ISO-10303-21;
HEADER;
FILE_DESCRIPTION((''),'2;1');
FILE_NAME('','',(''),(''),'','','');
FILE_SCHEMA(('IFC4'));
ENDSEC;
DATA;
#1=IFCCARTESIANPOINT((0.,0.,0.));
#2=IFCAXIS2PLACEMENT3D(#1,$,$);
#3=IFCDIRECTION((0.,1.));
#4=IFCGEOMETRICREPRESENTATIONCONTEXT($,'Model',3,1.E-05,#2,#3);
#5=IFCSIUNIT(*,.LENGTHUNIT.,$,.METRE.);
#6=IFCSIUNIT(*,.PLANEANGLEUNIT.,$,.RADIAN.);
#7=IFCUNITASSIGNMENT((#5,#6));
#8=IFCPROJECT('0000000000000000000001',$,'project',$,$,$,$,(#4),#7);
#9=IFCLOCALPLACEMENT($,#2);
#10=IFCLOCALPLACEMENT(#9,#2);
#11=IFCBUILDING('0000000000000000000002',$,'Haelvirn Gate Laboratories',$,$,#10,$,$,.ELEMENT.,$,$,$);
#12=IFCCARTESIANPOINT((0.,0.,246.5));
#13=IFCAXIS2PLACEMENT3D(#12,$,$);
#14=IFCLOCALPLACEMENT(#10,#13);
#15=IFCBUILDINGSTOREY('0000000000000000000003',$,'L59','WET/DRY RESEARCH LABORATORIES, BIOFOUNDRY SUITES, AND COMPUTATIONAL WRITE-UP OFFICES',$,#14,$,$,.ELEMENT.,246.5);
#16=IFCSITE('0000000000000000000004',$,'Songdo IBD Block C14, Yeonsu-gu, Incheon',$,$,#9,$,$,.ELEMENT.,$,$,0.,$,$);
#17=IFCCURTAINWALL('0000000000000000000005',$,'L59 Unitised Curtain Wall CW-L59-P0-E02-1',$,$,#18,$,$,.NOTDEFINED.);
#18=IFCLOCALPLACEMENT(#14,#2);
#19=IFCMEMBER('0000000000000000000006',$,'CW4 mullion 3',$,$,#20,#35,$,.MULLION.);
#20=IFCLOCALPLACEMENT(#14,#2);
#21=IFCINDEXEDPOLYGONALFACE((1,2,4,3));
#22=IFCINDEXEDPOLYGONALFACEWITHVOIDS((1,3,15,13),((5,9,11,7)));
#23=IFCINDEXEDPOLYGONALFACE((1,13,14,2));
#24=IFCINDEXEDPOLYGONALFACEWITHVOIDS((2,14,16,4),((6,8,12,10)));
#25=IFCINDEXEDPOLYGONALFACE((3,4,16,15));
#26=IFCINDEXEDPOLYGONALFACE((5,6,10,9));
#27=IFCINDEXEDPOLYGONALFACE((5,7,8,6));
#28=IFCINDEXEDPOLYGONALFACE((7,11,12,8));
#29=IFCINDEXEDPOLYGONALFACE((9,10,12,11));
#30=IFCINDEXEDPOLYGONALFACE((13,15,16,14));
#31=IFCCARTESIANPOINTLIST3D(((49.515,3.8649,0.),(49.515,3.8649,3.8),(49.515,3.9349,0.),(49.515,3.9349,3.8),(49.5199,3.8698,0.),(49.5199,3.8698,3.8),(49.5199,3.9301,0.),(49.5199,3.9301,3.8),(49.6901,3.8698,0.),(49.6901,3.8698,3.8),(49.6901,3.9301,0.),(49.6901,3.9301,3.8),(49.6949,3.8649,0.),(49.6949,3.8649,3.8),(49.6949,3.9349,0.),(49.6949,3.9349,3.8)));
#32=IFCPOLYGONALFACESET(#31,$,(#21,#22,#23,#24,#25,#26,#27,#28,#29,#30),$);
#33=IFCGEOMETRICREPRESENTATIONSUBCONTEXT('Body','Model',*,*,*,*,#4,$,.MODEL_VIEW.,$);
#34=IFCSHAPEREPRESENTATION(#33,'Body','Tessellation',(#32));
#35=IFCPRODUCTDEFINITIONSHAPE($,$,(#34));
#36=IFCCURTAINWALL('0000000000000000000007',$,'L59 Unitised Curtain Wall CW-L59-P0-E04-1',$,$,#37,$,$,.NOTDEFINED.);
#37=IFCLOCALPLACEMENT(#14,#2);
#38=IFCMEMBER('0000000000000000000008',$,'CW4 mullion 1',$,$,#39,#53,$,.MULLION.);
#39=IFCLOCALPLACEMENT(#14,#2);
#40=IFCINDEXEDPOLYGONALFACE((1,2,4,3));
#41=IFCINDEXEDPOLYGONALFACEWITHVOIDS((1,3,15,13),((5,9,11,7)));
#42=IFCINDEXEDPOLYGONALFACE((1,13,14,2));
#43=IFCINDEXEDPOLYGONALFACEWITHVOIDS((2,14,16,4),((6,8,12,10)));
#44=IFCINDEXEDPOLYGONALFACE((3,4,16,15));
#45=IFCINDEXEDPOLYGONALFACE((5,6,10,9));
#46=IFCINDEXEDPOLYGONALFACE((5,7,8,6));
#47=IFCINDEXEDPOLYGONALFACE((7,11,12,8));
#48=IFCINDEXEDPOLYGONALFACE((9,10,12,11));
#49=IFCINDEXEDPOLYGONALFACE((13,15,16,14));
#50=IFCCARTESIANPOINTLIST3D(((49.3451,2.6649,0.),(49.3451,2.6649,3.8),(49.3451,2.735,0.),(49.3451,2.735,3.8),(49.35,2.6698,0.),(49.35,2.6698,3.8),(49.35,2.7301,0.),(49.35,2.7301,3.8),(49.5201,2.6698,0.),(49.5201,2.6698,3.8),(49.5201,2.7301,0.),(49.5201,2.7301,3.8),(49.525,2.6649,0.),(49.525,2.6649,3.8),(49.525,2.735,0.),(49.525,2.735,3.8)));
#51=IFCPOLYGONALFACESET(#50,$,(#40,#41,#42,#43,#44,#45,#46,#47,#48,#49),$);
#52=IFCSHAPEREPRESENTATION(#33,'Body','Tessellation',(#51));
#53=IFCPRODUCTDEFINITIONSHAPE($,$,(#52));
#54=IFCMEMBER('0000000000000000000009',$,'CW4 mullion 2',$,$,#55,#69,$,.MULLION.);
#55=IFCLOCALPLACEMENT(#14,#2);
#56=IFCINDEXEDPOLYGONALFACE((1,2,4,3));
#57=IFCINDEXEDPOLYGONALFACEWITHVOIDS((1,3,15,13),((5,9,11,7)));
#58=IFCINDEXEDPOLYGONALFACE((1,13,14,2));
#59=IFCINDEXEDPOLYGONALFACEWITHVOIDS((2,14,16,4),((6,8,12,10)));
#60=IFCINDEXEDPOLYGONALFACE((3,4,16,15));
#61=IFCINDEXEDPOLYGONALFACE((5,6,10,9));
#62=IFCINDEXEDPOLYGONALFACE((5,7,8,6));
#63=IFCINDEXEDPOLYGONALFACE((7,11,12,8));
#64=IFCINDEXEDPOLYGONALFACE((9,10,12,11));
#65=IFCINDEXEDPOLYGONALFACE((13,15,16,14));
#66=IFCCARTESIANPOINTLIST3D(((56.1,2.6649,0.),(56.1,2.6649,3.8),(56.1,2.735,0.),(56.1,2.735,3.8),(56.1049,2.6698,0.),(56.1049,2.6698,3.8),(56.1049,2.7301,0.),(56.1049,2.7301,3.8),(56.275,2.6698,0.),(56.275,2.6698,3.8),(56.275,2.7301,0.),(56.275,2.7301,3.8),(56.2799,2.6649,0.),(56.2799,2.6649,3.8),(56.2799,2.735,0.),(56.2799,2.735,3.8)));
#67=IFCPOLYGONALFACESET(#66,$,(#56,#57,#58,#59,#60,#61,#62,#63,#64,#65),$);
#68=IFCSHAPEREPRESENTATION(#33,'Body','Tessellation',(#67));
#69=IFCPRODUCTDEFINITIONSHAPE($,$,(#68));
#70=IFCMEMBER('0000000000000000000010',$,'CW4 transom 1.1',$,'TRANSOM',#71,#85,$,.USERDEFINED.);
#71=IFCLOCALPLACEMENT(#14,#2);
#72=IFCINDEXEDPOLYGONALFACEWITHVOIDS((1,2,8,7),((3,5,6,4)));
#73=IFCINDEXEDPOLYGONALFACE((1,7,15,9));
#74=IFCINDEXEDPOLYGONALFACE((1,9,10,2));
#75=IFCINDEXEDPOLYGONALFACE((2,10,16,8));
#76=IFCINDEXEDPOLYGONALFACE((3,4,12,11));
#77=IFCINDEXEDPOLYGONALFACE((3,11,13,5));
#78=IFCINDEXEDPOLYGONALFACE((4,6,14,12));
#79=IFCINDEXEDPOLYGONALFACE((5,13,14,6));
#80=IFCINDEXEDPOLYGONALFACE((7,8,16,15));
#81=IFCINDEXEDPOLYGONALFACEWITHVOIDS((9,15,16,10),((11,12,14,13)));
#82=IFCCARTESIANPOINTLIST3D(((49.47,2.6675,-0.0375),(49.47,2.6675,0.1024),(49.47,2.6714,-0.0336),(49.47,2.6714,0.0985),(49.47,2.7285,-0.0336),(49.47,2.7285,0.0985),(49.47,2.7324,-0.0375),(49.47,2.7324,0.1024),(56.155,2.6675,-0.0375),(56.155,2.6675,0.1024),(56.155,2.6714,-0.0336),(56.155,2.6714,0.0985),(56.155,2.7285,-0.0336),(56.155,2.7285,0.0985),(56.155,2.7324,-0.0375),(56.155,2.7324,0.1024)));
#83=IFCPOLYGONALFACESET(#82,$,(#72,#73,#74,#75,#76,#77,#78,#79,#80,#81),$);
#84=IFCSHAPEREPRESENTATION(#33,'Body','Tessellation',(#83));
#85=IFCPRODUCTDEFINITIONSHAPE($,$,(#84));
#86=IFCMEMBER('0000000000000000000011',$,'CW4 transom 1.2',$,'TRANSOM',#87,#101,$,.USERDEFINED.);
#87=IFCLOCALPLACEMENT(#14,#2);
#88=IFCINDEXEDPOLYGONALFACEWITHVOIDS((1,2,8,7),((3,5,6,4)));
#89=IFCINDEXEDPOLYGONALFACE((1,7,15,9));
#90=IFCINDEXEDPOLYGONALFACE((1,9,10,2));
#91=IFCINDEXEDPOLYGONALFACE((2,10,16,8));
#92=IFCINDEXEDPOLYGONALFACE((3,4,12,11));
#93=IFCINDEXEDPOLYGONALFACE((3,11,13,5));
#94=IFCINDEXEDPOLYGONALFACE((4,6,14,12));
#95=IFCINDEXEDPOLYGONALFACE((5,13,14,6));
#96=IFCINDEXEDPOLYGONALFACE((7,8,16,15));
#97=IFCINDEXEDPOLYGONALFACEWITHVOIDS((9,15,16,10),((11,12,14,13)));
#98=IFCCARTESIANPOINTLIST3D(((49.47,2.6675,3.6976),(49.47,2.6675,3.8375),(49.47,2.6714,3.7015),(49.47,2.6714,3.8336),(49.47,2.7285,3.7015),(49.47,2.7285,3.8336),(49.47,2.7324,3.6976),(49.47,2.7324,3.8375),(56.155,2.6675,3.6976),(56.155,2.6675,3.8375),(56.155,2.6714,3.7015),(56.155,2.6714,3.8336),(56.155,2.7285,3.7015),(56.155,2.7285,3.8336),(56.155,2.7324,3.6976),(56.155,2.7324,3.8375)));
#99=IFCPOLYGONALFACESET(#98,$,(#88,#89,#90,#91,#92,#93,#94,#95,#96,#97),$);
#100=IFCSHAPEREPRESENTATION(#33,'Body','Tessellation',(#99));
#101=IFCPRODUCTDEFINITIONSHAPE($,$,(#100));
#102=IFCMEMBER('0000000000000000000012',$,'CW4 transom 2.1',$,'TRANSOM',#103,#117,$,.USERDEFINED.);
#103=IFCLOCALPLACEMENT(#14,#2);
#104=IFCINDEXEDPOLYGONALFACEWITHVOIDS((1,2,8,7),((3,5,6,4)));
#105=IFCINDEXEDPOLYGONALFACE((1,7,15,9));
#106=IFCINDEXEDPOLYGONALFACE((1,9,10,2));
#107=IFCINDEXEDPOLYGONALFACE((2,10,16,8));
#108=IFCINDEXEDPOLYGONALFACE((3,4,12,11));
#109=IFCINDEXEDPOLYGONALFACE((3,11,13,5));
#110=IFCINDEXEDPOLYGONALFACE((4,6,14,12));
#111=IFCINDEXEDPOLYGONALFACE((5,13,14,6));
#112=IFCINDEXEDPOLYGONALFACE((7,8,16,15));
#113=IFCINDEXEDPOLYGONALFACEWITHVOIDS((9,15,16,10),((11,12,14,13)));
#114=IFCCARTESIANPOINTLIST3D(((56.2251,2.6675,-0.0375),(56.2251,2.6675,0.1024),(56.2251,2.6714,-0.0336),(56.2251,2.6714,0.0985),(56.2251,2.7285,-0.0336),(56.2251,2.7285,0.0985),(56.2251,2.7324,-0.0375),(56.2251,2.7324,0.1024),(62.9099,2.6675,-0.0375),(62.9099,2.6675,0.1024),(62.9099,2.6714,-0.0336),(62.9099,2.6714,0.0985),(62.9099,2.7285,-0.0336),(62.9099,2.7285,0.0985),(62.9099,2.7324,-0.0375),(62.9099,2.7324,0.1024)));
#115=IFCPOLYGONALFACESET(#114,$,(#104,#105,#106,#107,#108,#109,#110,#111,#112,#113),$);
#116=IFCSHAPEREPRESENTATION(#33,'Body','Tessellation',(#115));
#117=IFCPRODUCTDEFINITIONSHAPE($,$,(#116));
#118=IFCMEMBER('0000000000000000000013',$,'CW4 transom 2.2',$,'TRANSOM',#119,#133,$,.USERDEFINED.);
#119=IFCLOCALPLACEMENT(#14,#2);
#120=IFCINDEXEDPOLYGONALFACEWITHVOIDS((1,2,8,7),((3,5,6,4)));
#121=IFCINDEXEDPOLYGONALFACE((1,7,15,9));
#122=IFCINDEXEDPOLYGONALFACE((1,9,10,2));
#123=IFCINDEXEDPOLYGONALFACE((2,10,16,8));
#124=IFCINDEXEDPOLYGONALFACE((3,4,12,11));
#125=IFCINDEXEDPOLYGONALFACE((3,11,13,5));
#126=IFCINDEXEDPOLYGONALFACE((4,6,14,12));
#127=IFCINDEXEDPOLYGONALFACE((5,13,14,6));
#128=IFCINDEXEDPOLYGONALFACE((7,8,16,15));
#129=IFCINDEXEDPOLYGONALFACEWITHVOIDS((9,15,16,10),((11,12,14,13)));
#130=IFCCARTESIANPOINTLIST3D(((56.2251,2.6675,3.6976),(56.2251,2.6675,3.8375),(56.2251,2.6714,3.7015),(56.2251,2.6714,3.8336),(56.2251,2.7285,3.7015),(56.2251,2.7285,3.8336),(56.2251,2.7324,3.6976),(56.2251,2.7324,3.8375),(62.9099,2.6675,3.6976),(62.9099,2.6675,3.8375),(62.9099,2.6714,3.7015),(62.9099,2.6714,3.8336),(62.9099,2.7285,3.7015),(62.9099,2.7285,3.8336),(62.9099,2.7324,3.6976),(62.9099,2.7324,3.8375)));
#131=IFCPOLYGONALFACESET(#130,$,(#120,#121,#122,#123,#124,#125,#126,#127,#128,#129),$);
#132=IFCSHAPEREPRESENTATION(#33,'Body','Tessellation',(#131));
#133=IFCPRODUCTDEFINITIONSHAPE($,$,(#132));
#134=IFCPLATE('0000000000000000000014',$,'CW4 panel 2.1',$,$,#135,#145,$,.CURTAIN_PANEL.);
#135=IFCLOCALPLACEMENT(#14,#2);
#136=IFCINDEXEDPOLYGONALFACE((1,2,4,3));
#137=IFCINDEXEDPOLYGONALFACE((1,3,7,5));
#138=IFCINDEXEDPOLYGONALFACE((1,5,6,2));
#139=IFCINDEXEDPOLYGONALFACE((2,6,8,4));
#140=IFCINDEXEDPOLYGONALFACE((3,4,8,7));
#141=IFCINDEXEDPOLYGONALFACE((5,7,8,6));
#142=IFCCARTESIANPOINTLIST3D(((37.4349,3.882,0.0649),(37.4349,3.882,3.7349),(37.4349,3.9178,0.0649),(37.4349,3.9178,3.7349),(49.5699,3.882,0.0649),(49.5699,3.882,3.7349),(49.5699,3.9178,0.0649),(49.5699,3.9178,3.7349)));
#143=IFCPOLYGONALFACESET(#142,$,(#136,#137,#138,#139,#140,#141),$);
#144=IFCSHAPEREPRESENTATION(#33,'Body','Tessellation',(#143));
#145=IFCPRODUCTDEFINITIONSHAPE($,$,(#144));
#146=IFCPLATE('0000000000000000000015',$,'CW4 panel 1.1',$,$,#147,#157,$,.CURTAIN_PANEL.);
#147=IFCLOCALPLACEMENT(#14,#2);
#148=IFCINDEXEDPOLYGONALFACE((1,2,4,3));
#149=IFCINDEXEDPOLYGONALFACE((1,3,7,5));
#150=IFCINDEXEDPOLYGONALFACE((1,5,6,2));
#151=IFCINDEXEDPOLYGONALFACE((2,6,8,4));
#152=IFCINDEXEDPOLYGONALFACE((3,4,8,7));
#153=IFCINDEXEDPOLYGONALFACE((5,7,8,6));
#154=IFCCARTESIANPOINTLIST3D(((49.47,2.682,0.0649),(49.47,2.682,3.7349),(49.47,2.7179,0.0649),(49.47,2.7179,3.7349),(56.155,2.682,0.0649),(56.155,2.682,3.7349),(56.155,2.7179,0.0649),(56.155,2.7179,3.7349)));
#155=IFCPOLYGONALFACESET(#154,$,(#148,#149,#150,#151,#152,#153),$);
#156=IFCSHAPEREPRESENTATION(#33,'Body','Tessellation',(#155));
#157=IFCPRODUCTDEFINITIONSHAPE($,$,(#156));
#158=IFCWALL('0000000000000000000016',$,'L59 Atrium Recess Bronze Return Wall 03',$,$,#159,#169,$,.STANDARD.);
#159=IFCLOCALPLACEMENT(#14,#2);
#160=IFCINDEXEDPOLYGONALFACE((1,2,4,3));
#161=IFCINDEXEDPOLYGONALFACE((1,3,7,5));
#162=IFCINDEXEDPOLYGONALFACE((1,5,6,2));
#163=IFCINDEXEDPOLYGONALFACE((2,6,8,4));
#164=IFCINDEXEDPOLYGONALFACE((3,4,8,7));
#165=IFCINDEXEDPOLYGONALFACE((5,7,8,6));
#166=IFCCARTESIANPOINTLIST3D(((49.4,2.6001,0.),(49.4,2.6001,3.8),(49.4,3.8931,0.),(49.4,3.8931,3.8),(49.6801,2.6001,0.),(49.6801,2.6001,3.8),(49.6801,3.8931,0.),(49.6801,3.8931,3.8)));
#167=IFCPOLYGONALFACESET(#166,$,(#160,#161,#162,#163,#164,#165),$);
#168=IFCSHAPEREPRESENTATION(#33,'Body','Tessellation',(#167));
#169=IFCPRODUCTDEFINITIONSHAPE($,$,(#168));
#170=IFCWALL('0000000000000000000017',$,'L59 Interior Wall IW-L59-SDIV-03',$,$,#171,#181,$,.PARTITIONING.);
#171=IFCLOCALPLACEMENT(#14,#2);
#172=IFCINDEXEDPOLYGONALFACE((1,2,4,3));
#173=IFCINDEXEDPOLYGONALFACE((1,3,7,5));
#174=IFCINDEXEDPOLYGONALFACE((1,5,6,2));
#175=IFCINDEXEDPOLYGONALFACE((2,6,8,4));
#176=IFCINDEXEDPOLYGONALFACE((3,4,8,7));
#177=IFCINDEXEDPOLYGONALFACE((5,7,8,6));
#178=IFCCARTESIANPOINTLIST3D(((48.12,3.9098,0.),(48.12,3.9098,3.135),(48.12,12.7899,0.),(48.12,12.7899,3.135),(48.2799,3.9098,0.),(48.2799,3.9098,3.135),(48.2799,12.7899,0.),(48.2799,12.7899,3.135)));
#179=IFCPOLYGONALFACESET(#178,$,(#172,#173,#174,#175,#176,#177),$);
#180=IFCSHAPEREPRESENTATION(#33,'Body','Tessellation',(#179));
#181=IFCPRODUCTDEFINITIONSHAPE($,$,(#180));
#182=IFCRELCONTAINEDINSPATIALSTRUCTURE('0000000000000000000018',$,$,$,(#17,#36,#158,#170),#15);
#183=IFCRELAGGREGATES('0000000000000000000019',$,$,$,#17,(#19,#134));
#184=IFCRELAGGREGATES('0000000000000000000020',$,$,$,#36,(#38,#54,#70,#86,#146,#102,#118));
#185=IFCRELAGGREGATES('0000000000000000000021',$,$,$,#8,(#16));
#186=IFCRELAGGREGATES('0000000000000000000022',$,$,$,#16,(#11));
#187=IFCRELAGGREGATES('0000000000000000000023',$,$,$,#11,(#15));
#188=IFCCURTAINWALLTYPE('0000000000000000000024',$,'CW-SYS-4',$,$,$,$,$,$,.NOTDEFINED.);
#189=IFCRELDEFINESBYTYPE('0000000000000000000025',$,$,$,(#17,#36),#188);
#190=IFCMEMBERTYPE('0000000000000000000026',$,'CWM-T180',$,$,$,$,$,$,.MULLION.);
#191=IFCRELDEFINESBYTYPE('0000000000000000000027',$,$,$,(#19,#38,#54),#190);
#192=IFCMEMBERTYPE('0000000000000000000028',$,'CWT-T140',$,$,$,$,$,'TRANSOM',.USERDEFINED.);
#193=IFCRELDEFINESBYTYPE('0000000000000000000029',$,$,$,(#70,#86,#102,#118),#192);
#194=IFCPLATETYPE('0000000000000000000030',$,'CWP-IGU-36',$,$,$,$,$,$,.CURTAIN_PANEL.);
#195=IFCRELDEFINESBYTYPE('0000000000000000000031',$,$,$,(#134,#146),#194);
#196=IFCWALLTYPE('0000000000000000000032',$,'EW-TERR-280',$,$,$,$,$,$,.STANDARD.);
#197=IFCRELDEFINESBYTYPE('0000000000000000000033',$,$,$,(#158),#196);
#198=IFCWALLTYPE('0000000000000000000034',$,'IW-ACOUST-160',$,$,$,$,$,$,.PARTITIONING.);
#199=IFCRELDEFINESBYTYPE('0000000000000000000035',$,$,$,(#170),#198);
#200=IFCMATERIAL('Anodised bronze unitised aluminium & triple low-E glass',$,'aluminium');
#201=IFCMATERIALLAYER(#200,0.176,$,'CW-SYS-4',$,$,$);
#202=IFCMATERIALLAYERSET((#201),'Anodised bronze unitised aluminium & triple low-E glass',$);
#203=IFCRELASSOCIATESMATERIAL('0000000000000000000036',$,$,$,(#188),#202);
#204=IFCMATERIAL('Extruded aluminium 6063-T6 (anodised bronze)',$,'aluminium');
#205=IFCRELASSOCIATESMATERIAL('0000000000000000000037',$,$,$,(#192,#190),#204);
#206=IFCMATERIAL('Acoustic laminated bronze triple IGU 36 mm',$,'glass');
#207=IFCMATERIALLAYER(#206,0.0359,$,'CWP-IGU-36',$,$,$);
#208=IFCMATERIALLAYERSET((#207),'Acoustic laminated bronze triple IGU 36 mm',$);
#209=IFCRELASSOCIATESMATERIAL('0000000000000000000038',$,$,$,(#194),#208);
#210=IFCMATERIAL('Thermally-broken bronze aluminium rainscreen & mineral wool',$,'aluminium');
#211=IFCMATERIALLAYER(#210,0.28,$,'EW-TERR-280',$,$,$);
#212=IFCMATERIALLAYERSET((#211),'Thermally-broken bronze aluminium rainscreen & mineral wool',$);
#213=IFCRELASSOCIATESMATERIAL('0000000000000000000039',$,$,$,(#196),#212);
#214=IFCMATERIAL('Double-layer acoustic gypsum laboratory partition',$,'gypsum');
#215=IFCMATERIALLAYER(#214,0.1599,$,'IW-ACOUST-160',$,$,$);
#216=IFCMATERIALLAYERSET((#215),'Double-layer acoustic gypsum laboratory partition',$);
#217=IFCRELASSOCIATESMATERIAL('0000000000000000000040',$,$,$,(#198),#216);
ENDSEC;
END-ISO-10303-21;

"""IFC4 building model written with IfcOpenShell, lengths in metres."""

from ifc_helpers import new_model, si_unit, direction, frame, frame_2d, origin, origin_2d, place, context, subcontext, project, spatial, rectangle, hollow_rectangle, extrude, source, transform, mapped, material, layer, layer_set, material_profile, profile_set, type_object, type_shapes, element, aggregate, save


model = new_model("IFC4")

# Units and contexts
model_context = context("Model", 3, precision=1e-05, world=origin(), true_north=direction((0.0, 1.0)))
body_context = subcontext(model_context, "Body", "Model", "MODEL_VIEW")
ifc_project = project(units=[si_unit("LENGTHUNIT", "METRE"), si_unit("PLANEANGLEUNIT", "RADIAN")], contexts=[model_context])

# Site, building, storey
site_placement = place(None, origin())
site = spatial("IfcSite", under=ifc_project, at=site_placement, Name="Songdo IBD Block C14, Yeonsu-gu, Incheon", CompositionType="ELEMENT", RefElevation=0.0)
building_placement = place(site_placement, origin())
building = spatial("IfcBuilding", under=site, at=building_placement, Name="Haelvirn Gate Laboratories", CompositionType="ELEMENT")
storey_placement = place(building_placement, frame((0.0, 0.0, 246.5)))
storey = spatial("IfcBuildingStorey", under=building, at=storey_placement, Name="L59", Description="WET/DRY RESEARCH LABORATORIES, BIOFOUNDRY SUITES, AND COMPUTATIONAL WRITE-UP OFFICES", CompositionType="ELEMENT", Elevation=246.5)

# Curtain walls, members
ifc_material_1 = material(Name="Anodised bronze unitised aluminium & triple low-E glass", Category="aluminium")
ifc_layer_1 = layer(ifc_material_1, 0.176, Name="CW-SYS-4")
ifc_layer_set_1 = layer_set([ifc_layer_1], Name="Anodised bronze unitised aluminium & triple low-E glass")
curtain_wall_type = type_object("IfcCurtainWallType", Name="CW-SYS-4", PredefinedType="NOTDEFINED", material=ifc_layer_set_1)
curtain_wall_1_placement = place(storey_placement, origin())
curtain_wall_1 = element("IfcCurtainWall", 1, at=curtain_wall_1_placement, inside=storey, type_object=curtain_wall_type, Name="L59 Unitised Curtain Wall CW-L59-P0-E02-1", PredefinedType="NOTDEFINED")
ifc_material_2 = material(Name="Extruded aluminium 6063-T6 (anodised bronze)", Category="aluminium")
ifc_material_profile_1 = material_profile(ifc_material_2, hollow_rectangle(XDim=0.0649, YDim=0.1399, WallThickness=0.0039, at=origin_2d()), Name="CWT-140x65x4")
ifc_profile_set_1 = profile_set([ifc_material_profile_1], Name="Extruded aluminium 6063-T6 (anodised bronze)")
member_type_1 = type_object("IfcMemberType", Name="CWT-T140", ElementType="TRANSOM", PredefinedType="USERDEFINED", material=ifc_profile_set_1)
ifc_material_profile_2 = material_profile(ifc_material_2, hollow_rectangle(XDim=0.0701, YDim=0.1799, WallThickness=0.0049, at=origin_2d()), Name="CWM-180x70x5")
ifc_profile_set_2 = profile_set([ifc_material_profile_2], Name="Extruded aluminium 6063-T6 (anodised bronze)")
member_type_2 = type_object("IfcMemberType", Name="CWM-T180", PredefinedType="MULLION", material=ifc_profile_set_2)
shared_shape_1 = source(origin(), body_context, "Body", "SweptSolid", [
    extrude(hollow_rectangle(XDim=0.0701, YDim=0.1799, WallThickness=0.0049, at=origin_2d()), origin(), (0.0, 0.0, 1.0), 3.8),
])
type_shapes(member_type_2, [shared_shape_1])
member_1_placement = place(storey_placement, frame((49.605, 3.8999, 0.0), z_axis=(0.0, 0.0, 1.0), x_axis=(0.0, 1.0, 0.0)))
member_1 = element("IfcMember", 2, at=member_1_placement, type_object=member_type_2, Name="CW4 mullion 3", PredefinedType="MULLION", context=body_context, shape_type="MappedRepresentation", body=[
    mapped(shared_shape_1, transform((0.0, 0.0, 0.0), scale=1.0)),
])
curtain_wall_2_placement = place(storey_placement, origin())
curtain_wall_2 = element("IfcCurtainWall", 3, at=curtain_wall_2_placement, inside=storey, type_object=curtain_wall_type, Name="L59 Unitised Curtain Wall CW-L59-P0-E04-1", PredefinedType="NOTDEFINED")
member_2_placement = place(storey_placement, frame((49.4351, 2.7, 0.0), z_axis=(0.0, 0.0, 1.0), x_axis=(0.0, 1.0, 0.0)))
member_2 = element("IfcMember", 4, at=member_2_placement, type_object=member_type_2, Name="CW4 mullion 1", PredefinedType="MULLION", context=body_context, shape_type="MappedRepresentation", body=[
    mapped(shared_shape_1, transform((0.0, 0.0, 0.0), scale=1.0)),
])
member_3_placement = place(storey_placement, frame((56.1899, 2.7, 0.0), z_axis=(0.0, 0.0, 1.0), x_axis=(0.0, 1.0, 0.0)))
member_3 = element("IfcMember", 5, at=member_3_placement, type_object=member_type_2, Name="CW4 mullion 2", PredefinedType="MULLION", context=body_context, shape_type="MappedRepresentation", body=[
    mapped(shared_shape_1, transform((0.0, 0.0, 0.0), scale=1.0)),
])
shared_shape_2 = source(origin(), body_context, "Body", "SweptSolid", [
    extrude(hollow_rectangle(XDim=0.0649, YDim=0.1399, WallThickness=0.0039, at=origin_2d()), origin(), (0.0, 0.0, 1.0), 6.6851),
])
member_4_placement = place(storey_placement, frame((49.47, 2.7, 0.0325), z_axis=(1.0, 0.0, 0.0), x_axis=(0.0, 1.0, 0.0)))
member_4 = element("IfcMember", 6, at=member_4_placement, type_object=member_type_1, Name="CW4 transom 1.1", ObjectType="TRANSOM", PredefinedType="USERDEFINED", context=body_context, shape_type="MappedRepresentation", body=[
    mapped(shared_shape_2, transform((0.0, 0.0, 0.0), scale=1.0)),
])
member_5_placement = place(storey_placement, frame((49.47, 2.7, 3.7676), z_axis=(1.0, 0.0, 0.0), x_axis=(0.0, 1.0, 0.0)))
member_5 = element("IfcMember", 7, at=member_5_placement, type_object=member_type_1, Name="CW4 transom 1.2", ObjectType="TRANSOM", PredefinedType="USERDEFINED", context=body_context, shape_type="MappedRepresentation", body=[
    mapped(shared_shape_2, transform((0.0, 0.0, 0.0), scale=1.0)),
])
shared_shape_3 = source(origin(), body_context, "Body", "SweptSolid", [
    extrude(hollow_rectangle(XDim=0.0649, YDim=0.1399, WallThickness=0.0039, at=origin_2d()), origin(), (0.0, 0.0, 1.0), 6.6848),
])
member_6_placement = place(storey_placement, frame((56.2251, 2.7, 0.0325), z_axis=(1.0, 0.0, 0.0), x_axis=(0.0, 1.0, 0.0)))
member_6 = element("IfcMember", 8, at=member_6_placement, type_object=member_type_1, Name="CW4 transom 2.1", ObjectType="TRANSOM", PredefinedType="USERDEFINED", context=body_context, shape_type="MappedRepresentation", body=[
    mapped(shared_shape_3, transform((0.0, 0.0, 0.0), scale=1.0)),
])
member_7_placement = place(storey_placement, frame((56.2251, 2.7, 3.7676), z_axis=(1.0, 0.0, 0.0), x_axis=(0.0, 1.0, 0.0)))
member_7 = element("IfcMember", 9, at=member_7_placement, type_object=member_type_1, Name="CW4 transom 2.2", ObjectType="TRANSOM", PredefinedType="USERDEFINED", context=body_context, shape_type="MappedRepresentation", body=[
    mapped(shared_shape_3, transform((0.0, 0.0, 0.0), scale=1.0)),
])

# Plates
ifc_material_3 = material(Name="Acoustic laminated bronze triple IGU 36 mm", Category="glass")
ifc_layer_2 = layer(ifc_material_3, 0.0359, Name="CWP-IGU-36")
ifc_layer_set_2 = layer_set([ifc_layer_2], Name="Acoustic laminated bronze triple IGU 36 mm")
plate_type = type_object("IfcPlateType", Name="CWP-IGU-36", PredefinedType="CURTAIN_PANEL", material=ifc_layer_set_2)
shared_shape_4 = source(origin(), body_context, "Body", "SweptSolid", [
    extrude(rectangle(XDim=12.135, YDim=0.0359, at=origin_2d()), origin(), (0.0, 0.0, 1.0), 3.6699),
])
plate_1_placement = place(storey_placement, frame((43.5024, 3.8999, 0.0649), z_axis=(0.0, 0.0, 1.0), x_axis=(1.0, 0.0, 0.0)))
plate_1 = element("IfcPlate", 10, at=plate_1_placement, type_object=plate_type, Name="CW4 panel 2.1", PredefinedType="CURTAIN_PANEL", context=body_context, shape_type="MappedRepresentation", body=[
    mapped(shared_shape_4, transform((0.0, 0.0, 0.0), scale=1.0)),
])
aggregate(curtain_wall_1, [member_1, plate_1])
shared_shape_5 = source(origin(), body_context, "Body", "SweptSolid", [
    extrude(rectangle(XDim=6.6851, YDim=0.0359, at=origin_2d()), origin(), (0.0, 0.0, 1.0), 3.6699),
])
type_shapes(plate_type, [shared_shape_4, shared_shape_5])
plate_2_placement = place(storey_placement, frame((52.8125, 2.7, 0.0649), z_axis=(0.0, 0.0, 1.0), x_axis=(1.0, 0.0, 0.0)))
plate_2 = element("IfcPlate", 11, at=plate_2_placement, type_object=plate_type, Name="CW4 panel 1.1", PredefinedType="CURTAIN_PANEL", context=body_context, shape_type="MappedRepresentation", body=[
    mapped(shared_shape_5, transform((0.0, 0.0, 0.0), scale=1.0)),
])
aggregate(curtain_wall_2, [member_2, member_3, member_4, member_5, plate_2, member_6, member_7])

# Walls
ifc_material_4 = material(Name="Thermally-broken bronze aluminium rainscreen & mineral wool", Category="aluminium")
ifc_layer_3 = layer(ifc_material_4, 0.28, Name="EW-TERR-280")
ifc_layer_set_3 = layer_set([ifc_layer_3], Name="Thermally-broken bronze aluminium rainscreen & mineral wool")
wall_type_1 = type_object("IfcWallType", Name="EW-TERR-280", PredefinedType="STANDARD", material=ifc_layer_set_3)
wall_1_placement = place(storey_placement, frame((49.54, 3.8931, 0.0), z_axis=(0.0, 0.0, 1.0), x_axis=(0.0, -1.0, 0.0)))
element("IfcWall", 12, at=wall_1_placement, inside=storey, type_object=wall_type_1, Name="L59 Atrium Recess Bronze Return Wall 03", PredefinedType="STANDARD", context=body_context, shape_type="SweptSolid", body=[
    extrude(rectangle(XDim=1.293, YDim=0.28, at=frame_2d((0.6465, 0.0))), origin(), (0.0, 0.0, 1.0), 3.8),
])
ifc_material_5 = material(Name="Double-layer acoustic gypsum laboratory partition", Category="gypsum")
ifc_layer_4 = layer(ifc_material_5, 0.1599, Name="IW-ACOUST-160")
ifc_layer_set_4 = layer_set([ifc_layer_4], Name="Double-layer acoustic gypsum laboratory partition")
wall_type_2 = type_object("IfcWallType", Name="IW-ACOUST-160", PredefinedType="PARTITIONING", material=ifc_layer_set_4)
wall_2_placement = place(storey_placement, frame((48.2, 3.9099, 0.0), z_axis=(0.0, 0.0, 1.0), x_axis=(0.0, 1.0, 0.0)))
element("IfcWall", 13, at=wall_2_placement, inside=storey, type_object=wall_type_2, Name="L59 Interior Wall IW-L59-SDIV-03", PredefinedType="PARTITIONING", context=body_context, shape_type="SweptSolid", body=[
    extrude(rectangle(XDim=8.8801, YDim=0.1599, at=frame_2d((4.4399, 0.0))), origin(), (0.0, 0.0, 1.0), 3.135),
])

save(model, "model.ifc")
